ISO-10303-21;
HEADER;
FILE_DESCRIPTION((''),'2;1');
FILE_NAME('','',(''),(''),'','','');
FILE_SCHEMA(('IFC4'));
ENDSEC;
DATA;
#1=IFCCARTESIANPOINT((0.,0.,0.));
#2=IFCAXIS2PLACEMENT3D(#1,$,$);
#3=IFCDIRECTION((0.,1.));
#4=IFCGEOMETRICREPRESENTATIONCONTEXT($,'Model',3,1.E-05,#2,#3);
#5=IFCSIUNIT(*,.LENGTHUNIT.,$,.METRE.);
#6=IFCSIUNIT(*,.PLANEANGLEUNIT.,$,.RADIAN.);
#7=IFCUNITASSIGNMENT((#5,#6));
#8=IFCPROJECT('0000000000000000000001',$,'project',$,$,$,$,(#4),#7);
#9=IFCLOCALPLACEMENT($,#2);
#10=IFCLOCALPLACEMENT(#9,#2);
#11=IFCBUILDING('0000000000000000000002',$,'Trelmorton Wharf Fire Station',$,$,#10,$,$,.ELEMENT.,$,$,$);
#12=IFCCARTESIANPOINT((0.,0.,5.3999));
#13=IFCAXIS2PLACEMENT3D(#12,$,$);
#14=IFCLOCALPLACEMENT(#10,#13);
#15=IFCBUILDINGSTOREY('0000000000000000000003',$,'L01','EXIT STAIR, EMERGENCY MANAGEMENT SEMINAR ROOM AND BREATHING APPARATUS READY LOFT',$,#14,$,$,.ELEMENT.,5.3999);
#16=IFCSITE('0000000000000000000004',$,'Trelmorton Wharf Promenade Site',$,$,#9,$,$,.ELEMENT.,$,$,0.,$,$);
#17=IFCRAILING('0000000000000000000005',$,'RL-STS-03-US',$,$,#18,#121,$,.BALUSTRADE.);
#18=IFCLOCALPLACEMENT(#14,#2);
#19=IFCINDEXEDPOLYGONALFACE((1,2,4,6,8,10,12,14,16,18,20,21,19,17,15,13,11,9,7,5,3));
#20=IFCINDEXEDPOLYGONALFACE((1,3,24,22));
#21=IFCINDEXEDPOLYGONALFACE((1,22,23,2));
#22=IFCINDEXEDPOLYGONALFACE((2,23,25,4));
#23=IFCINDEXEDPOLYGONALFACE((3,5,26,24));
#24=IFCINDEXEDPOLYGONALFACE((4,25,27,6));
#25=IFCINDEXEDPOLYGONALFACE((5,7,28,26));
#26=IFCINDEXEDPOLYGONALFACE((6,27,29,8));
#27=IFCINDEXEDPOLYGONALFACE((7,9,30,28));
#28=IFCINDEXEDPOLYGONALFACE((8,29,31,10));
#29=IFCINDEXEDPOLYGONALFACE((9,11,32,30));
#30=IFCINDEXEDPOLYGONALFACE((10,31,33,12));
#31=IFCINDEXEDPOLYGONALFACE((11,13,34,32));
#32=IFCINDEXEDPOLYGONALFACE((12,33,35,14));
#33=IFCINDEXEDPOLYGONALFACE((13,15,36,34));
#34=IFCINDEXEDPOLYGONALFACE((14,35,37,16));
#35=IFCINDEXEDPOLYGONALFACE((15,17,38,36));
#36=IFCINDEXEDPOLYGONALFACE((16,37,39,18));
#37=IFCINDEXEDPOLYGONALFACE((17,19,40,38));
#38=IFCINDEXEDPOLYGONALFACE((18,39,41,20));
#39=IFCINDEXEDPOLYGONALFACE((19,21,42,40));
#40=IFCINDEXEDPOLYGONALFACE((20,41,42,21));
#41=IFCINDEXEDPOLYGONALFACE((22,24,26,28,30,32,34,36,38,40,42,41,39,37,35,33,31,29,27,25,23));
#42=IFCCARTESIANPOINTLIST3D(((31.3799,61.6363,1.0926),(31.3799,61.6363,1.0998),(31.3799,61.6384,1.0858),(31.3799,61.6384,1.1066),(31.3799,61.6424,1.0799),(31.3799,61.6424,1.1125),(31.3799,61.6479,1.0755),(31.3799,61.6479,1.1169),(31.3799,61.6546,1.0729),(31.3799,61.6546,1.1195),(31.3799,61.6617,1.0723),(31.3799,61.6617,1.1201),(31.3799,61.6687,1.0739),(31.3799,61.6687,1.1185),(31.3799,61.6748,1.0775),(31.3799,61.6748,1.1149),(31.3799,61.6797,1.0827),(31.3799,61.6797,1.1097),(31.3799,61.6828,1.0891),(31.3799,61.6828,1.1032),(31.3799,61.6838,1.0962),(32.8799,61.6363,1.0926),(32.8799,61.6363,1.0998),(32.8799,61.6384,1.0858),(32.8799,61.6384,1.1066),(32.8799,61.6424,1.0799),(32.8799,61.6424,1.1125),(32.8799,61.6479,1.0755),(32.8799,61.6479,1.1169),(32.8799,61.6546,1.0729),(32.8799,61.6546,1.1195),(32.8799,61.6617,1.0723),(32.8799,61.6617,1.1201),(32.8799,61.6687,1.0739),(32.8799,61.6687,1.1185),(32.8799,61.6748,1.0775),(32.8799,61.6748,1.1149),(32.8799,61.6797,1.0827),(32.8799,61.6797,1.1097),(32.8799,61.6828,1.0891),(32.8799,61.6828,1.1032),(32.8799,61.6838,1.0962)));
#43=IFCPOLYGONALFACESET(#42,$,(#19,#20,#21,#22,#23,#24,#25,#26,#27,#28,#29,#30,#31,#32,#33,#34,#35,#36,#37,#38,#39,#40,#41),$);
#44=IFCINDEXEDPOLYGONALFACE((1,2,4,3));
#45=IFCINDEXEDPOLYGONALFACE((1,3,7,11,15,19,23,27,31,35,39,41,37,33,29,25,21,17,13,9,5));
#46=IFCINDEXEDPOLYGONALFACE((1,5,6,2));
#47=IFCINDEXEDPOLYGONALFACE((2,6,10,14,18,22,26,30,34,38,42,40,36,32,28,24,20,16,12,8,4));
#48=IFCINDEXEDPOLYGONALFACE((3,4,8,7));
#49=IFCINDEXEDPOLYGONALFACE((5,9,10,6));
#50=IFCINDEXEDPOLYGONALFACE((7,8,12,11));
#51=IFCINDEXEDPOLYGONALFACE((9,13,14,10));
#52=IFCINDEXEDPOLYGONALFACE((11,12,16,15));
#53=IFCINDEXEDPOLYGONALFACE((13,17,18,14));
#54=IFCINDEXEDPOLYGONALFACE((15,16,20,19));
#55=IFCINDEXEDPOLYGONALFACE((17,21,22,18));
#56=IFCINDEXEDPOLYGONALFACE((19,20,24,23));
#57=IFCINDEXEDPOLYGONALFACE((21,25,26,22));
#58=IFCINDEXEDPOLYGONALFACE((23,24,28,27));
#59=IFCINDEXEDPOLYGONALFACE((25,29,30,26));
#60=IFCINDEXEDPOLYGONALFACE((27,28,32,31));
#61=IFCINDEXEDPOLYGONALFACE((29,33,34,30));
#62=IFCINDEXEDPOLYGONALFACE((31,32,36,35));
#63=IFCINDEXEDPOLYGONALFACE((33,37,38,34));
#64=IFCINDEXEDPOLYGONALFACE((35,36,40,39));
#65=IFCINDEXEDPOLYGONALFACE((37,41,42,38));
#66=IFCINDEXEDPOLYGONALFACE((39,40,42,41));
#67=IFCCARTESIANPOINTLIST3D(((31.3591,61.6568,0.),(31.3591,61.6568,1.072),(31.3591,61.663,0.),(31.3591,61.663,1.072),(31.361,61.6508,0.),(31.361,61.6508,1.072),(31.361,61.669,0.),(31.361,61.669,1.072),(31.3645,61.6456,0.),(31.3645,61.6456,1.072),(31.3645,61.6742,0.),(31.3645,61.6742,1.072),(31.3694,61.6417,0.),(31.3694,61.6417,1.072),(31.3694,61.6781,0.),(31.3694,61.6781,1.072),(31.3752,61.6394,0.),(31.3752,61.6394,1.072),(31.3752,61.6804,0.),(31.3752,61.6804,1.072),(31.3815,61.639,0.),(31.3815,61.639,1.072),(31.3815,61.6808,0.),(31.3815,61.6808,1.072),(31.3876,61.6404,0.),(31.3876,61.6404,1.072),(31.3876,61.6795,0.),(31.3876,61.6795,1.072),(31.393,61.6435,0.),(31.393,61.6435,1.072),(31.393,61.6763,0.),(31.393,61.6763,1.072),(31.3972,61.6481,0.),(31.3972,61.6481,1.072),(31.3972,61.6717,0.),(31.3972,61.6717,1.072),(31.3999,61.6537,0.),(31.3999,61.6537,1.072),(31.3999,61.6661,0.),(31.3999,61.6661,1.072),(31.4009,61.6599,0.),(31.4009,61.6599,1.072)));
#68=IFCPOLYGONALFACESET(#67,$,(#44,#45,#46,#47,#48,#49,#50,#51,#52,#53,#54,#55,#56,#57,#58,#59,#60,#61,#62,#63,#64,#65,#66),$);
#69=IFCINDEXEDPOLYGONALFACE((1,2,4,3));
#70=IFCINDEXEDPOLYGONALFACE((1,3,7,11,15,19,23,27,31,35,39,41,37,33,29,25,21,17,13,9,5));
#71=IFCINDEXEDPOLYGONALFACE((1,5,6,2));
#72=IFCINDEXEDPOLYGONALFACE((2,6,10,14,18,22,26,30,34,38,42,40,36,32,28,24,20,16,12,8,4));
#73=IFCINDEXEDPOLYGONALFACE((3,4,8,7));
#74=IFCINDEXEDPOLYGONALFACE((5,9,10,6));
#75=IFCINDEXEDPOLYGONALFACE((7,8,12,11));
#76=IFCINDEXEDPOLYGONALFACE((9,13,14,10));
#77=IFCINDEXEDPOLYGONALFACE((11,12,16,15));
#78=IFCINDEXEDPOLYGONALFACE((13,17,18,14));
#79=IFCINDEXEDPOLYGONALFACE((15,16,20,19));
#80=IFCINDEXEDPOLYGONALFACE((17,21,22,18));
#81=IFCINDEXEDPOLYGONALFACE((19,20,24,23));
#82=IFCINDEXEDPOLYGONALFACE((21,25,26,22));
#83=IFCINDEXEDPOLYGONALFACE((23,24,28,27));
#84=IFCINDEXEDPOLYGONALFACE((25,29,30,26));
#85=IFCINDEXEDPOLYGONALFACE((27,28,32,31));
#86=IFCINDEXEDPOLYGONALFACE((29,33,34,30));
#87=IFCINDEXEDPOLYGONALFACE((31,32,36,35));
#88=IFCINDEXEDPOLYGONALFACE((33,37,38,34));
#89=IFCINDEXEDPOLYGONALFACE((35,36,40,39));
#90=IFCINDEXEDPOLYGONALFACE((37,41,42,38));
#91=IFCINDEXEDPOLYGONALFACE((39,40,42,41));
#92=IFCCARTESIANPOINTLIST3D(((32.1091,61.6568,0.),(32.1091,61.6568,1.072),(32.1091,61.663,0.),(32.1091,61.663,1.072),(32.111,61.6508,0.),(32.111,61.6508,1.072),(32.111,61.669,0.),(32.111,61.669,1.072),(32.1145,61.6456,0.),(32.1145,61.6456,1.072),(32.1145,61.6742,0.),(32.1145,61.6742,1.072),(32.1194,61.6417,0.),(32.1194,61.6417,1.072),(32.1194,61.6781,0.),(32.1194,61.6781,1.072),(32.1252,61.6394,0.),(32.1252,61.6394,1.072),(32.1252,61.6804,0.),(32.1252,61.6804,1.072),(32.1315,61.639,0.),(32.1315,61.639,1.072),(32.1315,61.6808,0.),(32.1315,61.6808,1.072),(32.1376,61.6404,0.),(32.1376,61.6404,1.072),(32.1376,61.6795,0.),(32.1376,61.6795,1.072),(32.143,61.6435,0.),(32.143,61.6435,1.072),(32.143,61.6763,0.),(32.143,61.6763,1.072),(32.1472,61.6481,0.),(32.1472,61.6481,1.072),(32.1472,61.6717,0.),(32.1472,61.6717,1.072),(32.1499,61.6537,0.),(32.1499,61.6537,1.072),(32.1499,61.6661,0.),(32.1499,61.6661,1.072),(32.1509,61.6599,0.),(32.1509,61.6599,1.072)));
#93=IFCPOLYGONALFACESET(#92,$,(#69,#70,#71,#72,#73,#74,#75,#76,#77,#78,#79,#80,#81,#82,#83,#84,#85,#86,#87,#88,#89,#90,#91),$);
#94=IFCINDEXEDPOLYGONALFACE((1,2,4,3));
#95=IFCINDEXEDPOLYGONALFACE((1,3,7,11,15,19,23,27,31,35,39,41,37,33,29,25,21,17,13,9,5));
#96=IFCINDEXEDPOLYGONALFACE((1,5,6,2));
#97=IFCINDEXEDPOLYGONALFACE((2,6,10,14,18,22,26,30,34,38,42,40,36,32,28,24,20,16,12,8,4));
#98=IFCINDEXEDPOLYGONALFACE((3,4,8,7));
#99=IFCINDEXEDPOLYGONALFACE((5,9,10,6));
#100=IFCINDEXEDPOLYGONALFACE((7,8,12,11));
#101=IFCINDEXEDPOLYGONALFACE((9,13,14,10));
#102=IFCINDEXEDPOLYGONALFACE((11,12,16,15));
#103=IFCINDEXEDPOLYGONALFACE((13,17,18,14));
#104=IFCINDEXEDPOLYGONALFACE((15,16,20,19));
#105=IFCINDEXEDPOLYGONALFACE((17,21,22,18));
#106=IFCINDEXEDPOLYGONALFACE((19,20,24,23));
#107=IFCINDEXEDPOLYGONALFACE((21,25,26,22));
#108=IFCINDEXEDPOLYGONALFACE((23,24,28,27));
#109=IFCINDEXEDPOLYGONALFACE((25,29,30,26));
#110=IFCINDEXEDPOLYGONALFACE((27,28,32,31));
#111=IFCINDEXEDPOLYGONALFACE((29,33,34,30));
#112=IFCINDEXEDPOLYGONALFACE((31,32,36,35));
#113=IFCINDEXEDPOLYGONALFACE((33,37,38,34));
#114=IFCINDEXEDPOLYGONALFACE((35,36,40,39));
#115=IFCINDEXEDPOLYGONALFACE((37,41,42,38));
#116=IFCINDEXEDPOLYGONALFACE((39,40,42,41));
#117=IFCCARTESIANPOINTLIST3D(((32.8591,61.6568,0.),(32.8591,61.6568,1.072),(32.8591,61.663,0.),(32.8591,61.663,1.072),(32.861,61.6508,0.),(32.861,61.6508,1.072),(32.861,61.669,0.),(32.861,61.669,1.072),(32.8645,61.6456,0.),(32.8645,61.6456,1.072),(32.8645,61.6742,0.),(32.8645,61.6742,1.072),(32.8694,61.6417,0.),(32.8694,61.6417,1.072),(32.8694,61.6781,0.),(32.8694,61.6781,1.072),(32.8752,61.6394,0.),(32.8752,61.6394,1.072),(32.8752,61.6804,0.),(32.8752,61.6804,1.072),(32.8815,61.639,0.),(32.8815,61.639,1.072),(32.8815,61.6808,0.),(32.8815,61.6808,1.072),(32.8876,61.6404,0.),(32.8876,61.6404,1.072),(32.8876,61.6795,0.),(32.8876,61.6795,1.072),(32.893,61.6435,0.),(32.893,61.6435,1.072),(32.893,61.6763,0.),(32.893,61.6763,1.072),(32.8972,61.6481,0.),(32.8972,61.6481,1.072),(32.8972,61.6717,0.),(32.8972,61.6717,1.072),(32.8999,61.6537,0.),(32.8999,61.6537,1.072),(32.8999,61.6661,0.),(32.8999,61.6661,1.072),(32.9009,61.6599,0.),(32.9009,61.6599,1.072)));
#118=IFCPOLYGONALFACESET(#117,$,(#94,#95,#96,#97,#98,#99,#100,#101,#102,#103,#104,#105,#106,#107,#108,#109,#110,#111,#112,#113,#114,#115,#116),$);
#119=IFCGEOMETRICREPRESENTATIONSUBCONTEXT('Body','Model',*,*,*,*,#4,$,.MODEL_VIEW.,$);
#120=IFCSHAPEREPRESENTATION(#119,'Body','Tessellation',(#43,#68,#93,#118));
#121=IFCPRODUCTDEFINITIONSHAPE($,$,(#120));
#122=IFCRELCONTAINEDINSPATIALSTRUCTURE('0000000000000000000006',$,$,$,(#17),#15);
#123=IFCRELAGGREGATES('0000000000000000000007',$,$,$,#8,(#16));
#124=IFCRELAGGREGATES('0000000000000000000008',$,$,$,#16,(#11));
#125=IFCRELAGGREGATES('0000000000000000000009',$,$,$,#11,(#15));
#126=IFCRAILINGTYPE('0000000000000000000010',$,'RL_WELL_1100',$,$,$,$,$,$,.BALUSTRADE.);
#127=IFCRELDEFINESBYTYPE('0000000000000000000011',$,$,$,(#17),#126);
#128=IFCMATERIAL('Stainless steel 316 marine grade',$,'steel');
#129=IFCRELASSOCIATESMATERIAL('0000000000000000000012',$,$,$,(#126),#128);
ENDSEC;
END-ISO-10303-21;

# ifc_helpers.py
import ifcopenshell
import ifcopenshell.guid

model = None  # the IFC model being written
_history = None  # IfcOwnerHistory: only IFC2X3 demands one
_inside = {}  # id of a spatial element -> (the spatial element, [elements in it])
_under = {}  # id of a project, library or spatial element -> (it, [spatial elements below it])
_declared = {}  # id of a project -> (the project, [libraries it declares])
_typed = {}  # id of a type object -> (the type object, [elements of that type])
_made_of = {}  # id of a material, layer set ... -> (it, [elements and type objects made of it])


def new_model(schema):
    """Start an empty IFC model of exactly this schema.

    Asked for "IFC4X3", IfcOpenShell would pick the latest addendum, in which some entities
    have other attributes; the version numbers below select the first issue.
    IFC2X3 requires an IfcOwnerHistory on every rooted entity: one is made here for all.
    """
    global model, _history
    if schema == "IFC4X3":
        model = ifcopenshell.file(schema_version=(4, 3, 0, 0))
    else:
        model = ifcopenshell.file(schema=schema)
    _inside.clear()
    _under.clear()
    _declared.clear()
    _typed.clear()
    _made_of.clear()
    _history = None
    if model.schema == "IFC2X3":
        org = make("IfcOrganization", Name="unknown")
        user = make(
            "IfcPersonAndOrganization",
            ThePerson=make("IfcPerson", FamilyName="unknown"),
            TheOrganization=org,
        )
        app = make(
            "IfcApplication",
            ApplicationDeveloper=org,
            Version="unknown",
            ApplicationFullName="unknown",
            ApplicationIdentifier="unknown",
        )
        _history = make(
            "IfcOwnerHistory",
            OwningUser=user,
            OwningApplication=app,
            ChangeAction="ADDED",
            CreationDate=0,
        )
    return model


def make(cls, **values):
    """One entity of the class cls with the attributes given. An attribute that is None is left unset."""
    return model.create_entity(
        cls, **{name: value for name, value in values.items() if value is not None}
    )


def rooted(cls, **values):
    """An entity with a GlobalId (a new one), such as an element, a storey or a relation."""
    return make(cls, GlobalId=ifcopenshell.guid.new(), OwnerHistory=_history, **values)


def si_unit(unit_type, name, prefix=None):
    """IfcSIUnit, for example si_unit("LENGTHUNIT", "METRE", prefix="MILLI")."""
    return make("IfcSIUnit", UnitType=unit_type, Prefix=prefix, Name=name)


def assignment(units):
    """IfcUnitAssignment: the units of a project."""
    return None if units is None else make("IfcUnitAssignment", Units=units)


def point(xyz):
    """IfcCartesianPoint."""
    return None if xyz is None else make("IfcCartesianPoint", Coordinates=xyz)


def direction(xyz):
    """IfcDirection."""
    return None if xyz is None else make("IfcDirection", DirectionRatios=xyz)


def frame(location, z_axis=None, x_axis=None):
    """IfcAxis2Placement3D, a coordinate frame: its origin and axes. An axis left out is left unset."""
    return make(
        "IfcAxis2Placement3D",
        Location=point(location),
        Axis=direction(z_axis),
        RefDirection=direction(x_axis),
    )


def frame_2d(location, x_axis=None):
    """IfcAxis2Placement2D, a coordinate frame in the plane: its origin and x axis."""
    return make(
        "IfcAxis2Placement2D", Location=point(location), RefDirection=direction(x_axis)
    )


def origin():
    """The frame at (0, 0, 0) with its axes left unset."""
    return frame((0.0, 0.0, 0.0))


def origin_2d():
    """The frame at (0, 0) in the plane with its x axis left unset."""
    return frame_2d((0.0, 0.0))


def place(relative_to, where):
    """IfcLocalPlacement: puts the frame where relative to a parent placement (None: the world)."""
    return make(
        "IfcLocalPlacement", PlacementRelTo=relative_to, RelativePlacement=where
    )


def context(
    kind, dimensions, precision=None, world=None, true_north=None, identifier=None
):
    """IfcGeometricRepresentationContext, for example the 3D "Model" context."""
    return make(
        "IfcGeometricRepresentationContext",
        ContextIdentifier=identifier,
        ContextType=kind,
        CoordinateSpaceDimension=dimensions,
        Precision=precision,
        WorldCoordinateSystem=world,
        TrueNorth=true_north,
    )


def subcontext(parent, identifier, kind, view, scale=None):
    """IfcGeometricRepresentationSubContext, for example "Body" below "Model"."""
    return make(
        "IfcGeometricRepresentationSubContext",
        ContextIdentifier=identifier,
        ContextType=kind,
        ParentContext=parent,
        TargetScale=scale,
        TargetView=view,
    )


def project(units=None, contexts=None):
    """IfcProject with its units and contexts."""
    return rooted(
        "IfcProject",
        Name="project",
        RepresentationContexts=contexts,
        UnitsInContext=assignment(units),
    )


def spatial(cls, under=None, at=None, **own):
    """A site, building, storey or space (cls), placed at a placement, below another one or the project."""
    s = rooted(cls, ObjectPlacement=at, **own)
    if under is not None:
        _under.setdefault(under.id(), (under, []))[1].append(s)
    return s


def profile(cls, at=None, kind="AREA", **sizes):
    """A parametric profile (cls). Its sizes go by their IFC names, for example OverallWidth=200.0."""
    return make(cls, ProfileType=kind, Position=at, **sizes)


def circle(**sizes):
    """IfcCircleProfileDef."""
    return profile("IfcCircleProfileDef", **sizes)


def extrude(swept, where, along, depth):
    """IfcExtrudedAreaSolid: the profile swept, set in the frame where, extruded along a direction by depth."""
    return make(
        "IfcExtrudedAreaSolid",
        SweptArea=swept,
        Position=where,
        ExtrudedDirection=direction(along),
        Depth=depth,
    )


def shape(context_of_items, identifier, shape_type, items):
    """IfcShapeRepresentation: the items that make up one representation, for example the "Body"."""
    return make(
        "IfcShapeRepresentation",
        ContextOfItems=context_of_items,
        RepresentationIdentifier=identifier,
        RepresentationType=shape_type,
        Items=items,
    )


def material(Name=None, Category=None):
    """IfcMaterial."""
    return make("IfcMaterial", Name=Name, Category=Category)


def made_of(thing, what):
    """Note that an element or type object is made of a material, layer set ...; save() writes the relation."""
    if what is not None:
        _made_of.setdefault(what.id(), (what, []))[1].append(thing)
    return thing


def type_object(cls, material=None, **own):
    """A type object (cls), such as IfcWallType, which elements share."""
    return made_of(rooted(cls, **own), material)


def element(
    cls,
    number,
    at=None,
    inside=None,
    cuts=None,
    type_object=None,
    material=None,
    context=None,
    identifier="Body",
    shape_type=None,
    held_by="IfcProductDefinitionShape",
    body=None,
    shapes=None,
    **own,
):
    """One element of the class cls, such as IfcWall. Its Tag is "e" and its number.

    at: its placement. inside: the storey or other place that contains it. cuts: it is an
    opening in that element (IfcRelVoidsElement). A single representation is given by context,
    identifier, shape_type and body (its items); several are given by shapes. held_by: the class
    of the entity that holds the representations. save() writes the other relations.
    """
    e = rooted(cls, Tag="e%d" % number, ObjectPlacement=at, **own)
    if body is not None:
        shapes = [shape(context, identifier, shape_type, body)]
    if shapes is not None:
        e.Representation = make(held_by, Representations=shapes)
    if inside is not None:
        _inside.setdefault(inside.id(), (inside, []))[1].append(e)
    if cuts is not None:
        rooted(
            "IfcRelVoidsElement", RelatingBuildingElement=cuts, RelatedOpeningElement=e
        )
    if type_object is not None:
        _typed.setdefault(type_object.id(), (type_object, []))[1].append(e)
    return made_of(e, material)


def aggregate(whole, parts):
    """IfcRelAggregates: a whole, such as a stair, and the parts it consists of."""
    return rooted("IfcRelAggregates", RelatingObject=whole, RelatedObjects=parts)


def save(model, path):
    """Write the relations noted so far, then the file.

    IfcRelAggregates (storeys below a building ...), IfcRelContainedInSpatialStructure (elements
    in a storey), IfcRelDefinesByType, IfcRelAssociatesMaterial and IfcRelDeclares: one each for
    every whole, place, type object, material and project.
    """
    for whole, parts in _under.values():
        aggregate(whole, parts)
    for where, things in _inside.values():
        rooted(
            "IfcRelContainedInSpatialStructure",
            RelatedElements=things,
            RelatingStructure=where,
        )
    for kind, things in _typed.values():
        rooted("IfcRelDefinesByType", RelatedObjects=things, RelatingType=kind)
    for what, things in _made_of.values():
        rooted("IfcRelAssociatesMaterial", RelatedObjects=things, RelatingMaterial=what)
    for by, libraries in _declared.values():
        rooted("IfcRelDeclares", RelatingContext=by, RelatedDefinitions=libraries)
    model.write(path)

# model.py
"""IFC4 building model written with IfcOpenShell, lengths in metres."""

from ifc_helpers import new_model, si_unit, direction, frame, origin, origin_2d, place, context, subcontext, project, spatial, circle, extrude, material, type_object, element, save


model = new_model("IFC4")

# Units and contexts
model_context = context("Model", 3, precision=1e-05, world=origin(), true_north=direction((0.0, 1.0)))
body_context = subcontext(model_context, "Body", "Model", "MODEL_VIEW")
ifc_project = project(units=[si_unit("LENGTHUNIT", "METRE"), si_unit("PLANEANGLEUNIT", "RADIAN")], contexts=[model_context])

# Site, building, storey
site_placement = place(None, origin())
site = spatial("IfcSite", under=ifc_project, at=site_placement, Name="Trelmorton Wharf Promenade Site", CompositionType="ELEMENT", RefElevation=0.0)
building_placement = place(site_placement, origin())
building = spatial("IfcBuilding", under=site, at=building_placement, Name="Trelmorton Wharf Fire Station", CompositionType="ELEMENT")
storey_placement = place(building_placement, frame((0.0, 0.0, 5.3999)))
storey = spatial("IfcBuildingStorey", under=building, at=storey_placement, Name="L01", Description="EXIT STAIR, EMERGENCY MANAGEMENT SEMINAR ROOM AND BREATHING APPARATUS READY LOFT", CompositionType="ELEMENT", Elevation=5.3999)

# Railing
ifc_material_1 = material(Name="Stainless steel 316 marine grade", Category="steel")
railing_type = type_object("IfcRailingType", Name="RL_WELL_1100", PredefinedType="BALUSTRADE", material=ifc_material_1)
railing_1_placement = place(storey_placement, frame((31.3799, 61.6599, 0.0)))
element("IfcRailing", 1, at=railing_1_placement, inside=storey, type_object=railing_type, Name="RL-STS-03-US", PredefinedType="BALUSTRADE", context=body_context, shape_type="SweptSolid", body=[
    extrude(circle(Radius=0.0239, at=origin_2d()), frame((0.0, 0.0, 1.0962), z_axis=(1.0, 0.0, 0.0), x_axis=(0.0, 1.0, 0.0)), (0.0, 0.0, 1.0), 1.5),
    extrude(circle(Radius=0.021, at=origin_2d()), origin(), (0.0, 0.0, 1.0), 1.072),
    extrude(circle(Radius=0.021, at=origin_2d()), frame((0.75, 0.0, 0.0)), (0.0, 0.0, 1.0), 1.072),
    extrude(circle(Radius=0.021, at=origin_2d()), frame((1.5, 0.0, 0.0)), (0.0, 0.0, 1.0), 1.072),
])

save(model, "model.ifc")
